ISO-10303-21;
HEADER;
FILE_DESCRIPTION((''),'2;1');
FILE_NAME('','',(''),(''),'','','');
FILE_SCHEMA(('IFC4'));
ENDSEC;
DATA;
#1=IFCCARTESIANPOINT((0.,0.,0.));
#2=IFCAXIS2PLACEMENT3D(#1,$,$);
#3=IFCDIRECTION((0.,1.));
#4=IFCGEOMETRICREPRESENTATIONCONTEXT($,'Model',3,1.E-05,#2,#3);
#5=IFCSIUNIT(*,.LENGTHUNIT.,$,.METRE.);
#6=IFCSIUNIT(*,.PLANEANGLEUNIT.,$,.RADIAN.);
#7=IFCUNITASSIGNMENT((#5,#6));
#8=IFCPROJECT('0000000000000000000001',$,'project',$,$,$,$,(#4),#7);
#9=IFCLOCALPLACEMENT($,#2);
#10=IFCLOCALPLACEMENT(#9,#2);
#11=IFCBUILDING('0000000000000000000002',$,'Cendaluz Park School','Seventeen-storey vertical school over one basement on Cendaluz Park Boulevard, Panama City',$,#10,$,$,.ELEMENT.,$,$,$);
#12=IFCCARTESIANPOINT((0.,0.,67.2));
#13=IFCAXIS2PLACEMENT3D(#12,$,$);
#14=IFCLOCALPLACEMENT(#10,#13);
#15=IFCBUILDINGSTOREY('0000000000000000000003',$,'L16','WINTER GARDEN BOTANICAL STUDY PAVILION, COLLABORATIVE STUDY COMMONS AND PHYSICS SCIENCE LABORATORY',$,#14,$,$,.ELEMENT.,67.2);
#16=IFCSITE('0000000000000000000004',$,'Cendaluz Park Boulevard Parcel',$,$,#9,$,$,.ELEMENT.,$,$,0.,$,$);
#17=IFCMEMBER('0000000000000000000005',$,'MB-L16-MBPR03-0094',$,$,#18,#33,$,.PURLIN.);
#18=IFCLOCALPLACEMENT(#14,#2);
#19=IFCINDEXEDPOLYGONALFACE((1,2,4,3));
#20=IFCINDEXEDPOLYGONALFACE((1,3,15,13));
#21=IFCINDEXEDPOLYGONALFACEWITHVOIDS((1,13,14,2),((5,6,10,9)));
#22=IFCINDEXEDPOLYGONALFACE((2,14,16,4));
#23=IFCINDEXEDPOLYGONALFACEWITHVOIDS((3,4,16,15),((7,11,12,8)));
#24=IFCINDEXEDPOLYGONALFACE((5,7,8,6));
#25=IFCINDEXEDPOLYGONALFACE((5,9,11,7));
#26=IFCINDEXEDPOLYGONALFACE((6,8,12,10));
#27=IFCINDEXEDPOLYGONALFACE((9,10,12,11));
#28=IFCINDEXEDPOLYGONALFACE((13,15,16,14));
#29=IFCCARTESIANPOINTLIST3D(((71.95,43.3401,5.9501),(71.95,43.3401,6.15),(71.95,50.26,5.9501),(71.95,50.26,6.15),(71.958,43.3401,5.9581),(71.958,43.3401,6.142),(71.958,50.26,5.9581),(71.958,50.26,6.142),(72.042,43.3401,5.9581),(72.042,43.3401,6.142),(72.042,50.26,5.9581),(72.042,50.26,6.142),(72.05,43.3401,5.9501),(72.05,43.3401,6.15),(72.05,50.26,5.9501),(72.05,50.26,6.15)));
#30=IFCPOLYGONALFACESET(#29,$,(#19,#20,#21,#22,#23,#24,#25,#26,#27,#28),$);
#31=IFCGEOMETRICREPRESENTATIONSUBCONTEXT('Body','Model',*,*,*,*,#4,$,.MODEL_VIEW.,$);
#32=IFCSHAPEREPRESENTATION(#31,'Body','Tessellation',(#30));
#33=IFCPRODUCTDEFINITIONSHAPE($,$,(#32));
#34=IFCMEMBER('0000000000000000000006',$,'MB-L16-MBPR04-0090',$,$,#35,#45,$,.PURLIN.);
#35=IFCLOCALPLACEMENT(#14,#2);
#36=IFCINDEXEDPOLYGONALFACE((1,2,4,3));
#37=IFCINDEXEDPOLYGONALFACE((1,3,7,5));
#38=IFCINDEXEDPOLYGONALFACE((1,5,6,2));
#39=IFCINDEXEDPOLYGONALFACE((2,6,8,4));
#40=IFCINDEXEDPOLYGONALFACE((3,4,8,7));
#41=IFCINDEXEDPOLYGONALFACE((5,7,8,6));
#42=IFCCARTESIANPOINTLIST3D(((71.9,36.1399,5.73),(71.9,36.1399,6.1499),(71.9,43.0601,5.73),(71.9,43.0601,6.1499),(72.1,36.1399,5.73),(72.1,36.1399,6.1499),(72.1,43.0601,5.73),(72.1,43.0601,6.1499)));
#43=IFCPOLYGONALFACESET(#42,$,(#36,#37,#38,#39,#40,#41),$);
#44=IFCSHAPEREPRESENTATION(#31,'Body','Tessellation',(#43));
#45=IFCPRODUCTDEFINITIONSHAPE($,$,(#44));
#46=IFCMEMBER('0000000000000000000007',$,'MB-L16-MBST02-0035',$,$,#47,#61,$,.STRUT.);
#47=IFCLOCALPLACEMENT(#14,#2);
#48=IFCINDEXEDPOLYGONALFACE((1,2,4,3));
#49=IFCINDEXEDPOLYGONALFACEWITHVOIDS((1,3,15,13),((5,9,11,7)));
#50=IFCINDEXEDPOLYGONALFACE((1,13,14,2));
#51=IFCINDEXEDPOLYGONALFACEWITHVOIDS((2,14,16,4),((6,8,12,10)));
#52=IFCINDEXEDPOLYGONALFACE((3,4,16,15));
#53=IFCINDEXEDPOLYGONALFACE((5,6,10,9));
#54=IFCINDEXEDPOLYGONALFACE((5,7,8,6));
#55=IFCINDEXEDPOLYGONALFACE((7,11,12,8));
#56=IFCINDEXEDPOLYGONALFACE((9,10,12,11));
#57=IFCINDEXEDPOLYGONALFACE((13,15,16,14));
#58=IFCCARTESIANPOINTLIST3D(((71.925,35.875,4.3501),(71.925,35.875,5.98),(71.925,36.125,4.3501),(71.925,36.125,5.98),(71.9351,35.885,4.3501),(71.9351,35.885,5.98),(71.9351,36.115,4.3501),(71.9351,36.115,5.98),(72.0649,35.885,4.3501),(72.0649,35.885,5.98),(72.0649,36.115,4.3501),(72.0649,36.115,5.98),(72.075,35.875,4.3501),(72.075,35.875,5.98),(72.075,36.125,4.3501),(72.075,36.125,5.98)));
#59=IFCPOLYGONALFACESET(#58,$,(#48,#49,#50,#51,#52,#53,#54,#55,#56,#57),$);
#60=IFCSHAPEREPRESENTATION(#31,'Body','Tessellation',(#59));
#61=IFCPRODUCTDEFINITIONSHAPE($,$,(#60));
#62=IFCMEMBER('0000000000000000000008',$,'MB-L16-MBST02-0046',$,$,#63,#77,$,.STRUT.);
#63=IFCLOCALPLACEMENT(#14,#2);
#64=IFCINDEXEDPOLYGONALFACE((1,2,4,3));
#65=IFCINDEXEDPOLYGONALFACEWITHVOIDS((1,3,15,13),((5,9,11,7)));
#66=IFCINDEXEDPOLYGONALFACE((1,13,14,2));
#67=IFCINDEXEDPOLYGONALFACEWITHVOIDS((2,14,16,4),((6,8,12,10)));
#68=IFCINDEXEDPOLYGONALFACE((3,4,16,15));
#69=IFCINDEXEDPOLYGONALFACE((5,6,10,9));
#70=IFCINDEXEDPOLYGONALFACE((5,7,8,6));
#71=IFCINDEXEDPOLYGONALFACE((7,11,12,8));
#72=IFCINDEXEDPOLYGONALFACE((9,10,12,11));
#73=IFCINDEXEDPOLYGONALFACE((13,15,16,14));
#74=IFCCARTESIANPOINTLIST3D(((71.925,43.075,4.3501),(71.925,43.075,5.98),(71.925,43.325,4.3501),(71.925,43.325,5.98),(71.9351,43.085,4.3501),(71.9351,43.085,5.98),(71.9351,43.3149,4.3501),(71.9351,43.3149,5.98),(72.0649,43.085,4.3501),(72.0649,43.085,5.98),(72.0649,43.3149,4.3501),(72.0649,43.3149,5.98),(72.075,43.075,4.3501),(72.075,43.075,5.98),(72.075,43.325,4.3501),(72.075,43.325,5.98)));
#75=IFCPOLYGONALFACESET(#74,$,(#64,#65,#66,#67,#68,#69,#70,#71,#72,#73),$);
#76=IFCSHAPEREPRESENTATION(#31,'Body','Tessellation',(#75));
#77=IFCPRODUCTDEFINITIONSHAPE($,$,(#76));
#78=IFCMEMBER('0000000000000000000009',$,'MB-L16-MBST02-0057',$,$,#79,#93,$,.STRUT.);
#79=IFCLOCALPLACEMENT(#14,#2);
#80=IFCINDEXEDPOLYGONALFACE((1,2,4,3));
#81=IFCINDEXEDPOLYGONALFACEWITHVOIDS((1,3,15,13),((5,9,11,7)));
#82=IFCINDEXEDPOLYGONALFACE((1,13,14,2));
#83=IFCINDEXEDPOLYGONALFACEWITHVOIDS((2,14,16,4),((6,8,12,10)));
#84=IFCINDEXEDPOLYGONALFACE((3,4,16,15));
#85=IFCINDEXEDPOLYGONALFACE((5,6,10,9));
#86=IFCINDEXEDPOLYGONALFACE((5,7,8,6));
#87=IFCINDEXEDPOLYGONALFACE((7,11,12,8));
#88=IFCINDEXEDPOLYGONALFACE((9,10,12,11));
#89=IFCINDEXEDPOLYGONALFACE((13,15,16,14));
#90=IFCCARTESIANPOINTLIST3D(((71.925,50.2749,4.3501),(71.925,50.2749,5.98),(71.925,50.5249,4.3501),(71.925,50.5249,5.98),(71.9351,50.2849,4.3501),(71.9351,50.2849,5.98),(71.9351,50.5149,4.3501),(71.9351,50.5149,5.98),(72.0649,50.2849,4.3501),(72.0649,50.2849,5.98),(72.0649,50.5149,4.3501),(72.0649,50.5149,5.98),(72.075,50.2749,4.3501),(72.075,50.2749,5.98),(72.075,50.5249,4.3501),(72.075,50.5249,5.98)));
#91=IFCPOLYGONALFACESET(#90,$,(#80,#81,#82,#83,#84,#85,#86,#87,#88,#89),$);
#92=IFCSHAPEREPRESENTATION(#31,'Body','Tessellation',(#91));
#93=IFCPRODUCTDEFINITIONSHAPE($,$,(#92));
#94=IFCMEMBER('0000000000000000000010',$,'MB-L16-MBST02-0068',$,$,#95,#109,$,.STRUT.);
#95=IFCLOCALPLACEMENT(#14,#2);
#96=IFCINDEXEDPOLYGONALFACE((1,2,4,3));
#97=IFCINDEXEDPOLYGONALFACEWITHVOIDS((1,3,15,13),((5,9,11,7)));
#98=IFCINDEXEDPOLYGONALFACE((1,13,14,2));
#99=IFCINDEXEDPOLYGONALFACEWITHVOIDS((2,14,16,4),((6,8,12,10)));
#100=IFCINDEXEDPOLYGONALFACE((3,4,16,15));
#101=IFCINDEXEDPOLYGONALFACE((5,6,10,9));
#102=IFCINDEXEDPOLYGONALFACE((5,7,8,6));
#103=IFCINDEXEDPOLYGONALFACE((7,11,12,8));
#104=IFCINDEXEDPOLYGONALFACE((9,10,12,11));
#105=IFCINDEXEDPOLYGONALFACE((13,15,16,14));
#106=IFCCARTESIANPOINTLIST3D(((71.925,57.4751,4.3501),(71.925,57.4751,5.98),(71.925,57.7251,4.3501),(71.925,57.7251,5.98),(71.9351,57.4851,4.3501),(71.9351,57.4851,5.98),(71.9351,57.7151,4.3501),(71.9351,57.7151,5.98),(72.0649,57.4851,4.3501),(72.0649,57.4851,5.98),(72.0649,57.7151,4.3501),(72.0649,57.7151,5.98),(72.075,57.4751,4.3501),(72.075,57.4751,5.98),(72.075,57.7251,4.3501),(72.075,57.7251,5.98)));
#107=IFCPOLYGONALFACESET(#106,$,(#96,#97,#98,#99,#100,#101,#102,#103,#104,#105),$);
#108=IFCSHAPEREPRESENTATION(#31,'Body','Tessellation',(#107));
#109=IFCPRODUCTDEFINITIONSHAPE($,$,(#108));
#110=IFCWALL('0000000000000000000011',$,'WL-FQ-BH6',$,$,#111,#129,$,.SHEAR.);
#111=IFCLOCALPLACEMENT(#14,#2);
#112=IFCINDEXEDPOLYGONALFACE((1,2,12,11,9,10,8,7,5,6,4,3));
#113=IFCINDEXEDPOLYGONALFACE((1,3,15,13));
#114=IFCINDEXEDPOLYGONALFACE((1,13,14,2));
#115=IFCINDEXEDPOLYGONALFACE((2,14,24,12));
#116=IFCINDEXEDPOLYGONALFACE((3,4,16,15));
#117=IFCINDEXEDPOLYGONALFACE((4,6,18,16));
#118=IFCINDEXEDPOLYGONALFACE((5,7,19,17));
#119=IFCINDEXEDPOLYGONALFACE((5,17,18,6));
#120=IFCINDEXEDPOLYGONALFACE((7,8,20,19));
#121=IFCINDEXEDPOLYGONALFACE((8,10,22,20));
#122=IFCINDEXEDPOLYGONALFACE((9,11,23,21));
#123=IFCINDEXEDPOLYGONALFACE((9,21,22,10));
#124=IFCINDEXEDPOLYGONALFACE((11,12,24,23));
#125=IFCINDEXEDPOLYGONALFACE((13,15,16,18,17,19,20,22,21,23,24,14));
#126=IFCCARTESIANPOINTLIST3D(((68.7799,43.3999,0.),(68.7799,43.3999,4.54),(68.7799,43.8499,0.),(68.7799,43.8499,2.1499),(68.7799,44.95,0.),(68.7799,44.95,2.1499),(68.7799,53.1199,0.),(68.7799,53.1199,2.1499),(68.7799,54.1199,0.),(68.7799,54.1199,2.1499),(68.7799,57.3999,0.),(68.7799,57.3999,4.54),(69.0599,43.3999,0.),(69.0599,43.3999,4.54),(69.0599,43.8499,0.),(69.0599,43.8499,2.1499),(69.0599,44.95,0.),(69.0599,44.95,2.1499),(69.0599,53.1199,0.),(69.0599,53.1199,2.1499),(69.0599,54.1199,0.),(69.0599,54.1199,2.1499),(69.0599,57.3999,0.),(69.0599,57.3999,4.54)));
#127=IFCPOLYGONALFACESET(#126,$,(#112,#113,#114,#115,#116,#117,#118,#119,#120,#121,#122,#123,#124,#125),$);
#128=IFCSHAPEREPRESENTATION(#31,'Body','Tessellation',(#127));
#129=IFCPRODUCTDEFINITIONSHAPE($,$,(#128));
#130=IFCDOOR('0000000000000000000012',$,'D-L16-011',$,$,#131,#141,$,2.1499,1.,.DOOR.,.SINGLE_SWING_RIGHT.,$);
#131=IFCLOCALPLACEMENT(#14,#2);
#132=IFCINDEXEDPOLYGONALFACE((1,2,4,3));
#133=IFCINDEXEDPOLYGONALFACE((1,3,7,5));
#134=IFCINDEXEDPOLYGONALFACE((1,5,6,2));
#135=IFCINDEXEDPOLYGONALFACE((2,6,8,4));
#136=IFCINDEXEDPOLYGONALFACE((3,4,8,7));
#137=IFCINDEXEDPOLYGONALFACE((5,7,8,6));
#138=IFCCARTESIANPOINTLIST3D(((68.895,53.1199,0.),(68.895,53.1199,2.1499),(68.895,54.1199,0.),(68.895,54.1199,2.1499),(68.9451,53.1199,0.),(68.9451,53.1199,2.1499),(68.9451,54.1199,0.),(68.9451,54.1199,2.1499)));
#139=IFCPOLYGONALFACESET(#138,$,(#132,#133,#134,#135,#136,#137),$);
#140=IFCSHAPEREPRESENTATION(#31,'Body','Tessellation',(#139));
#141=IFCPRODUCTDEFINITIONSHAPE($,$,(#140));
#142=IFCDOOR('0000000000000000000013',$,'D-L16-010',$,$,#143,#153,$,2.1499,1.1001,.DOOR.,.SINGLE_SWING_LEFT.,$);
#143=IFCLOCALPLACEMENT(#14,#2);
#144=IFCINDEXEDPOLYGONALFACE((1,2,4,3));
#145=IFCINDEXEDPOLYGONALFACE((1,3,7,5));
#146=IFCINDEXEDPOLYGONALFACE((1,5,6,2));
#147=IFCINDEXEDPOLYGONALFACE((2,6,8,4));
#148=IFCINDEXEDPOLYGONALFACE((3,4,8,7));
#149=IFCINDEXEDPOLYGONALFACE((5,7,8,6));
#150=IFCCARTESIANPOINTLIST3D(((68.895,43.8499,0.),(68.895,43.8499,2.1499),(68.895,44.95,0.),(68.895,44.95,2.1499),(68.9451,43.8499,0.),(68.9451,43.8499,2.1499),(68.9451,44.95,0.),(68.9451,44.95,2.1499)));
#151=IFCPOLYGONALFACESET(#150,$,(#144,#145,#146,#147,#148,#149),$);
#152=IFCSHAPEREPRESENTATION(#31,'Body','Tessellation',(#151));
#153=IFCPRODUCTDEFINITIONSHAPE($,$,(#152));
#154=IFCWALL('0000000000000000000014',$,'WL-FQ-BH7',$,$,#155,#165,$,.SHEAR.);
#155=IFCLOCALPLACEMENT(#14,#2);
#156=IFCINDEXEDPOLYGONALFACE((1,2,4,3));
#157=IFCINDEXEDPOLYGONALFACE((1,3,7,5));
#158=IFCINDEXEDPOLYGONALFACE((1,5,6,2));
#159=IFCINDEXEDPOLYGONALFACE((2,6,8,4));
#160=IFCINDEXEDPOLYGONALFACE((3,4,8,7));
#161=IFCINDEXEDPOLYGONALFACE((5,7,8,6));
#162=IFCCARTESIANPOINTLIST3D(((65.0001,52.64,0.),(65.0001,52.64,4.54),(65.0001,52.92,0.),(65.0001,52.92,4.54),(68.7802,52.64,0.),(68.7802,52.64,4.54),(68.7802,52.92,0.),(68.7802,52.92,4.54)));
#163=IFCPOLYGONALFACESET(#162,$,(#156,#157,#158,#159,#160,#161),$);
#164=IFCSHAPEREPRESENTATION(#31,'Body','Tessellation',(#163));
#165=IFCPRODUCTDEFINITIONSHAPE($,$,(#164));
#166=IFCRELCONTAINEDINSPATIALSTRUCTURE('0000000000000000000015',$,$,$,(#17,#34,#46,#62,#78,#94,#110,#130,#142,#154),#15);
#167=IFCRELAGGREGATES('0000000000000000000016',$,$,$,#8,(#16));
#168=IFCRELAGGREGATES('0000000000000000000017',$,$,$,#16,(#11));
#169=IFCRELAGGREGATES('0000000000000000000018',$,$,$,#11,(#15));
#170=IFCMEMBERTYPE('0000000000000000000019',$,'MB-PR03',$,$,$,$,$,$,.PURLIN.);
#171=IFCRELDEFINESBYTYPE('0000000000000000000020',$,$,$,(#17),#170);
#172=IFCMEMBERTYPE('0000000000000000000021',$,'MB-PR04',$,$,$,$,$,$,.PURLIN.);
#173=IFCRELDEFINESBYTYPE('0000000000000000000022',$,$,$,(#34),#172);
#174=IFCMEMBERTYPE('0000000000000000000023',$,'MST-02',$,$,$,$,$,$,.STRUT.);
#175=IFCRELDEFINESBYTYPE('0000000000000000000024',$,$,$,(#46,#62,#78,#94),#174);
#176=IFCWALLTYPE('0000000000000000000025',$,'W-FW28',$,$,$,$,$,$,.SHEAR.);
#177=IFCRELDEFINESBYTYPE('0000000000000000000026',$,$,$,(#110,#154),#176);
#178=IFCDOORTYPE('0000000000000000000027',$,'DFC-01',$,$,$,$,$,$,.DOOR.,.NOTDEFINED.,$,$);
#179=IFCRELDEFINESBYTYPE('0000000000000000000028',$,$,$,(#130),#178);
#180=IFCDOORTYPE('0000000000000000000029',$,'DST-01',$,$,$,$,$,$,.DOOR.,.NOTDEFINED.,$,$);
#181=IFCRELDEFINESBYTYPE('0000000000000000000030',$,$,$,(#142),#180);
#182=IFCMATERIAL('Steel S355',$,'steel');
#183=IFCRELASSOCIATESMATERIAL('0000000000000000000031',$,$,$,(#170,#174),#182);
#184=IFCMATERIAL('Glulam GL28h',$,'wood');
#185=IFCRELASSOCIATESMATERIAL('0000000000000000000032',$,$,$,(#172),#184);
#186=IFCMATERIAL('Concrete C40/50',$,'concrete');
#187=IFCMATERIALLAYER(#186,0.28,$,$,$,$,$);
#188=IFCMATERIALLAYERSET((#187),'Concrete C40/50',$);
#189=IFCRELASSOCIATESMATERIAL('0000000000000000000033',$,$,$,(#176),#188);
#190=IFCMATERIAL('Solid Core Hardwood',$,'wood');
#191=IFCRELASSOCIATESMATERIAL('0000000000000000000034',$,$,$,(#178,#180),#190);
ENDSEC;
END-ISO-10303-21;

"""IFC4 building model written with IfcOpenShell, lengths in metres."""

from ifc_helpers import new_model, si_unit, direction, frame, frame_2d, origin, origin_2d, place, context, subcontext, project, spatial, rectangle, hollow_rectangle, extrude, material, layer, layer_set, material_profile, profile_set, type_object, element, fill, save


model = new_model("IFC4")

# Units and contexts
model_context = context("Model", 3, precision=1e-05, world=origin(), true_north=direction((0.0, 1.0)))
body_context = subcontext(model_context, "Body", "Model", "MODEL_VIEW")
ifc_project = project(units=[si_unit("LENGTHUNIT", "METRE"), si_unit("PLANEANGLEUNIT", "RADIAN")], contexts=[model_context])

# Site, building, storey
site_placement = place(None, origin())
site = spatial("IfcSite", under=ifc_project, at=site_placement, Name="Cendaluz Park Boulevard Parcel", CompositionType="ELEMENT", RefElevation=0.0)
building_placement = place(site_placement, origin())
building = spatial("IfcBuilding", under=site, at=building_placement, Name="Cendaluz Park School", Description="Seventeen-storey vertical school over one basement on Cendaluz Park Boulevard, Panama City", CompositionType="ELEMENT")
storey_placement = place(building_placement, frame((0.0, 0.0, 67.2)))
storey = spatial("IfcBuildingStorey", under=building, at=storey_placement, Name="L16", Description="WINTER GARDEN BOTANICAL STUDY PAVILION, COLLABORATIVE STUDY COMMONS AND PHYSICS SCIENCE LABORATORY", CompositionType="ELEMENT", Elevation=67.2)

# Shared definitions
ifc_material_1 = material(Name="Steel S355", Category="steel")

# Members
ifc_material_2 = material(Name="Glulam GL28h", Category="wood")
ifc_material_profile_1 = material_profile(ifc_material_1, hollow_rectangle(XDim=0.1001, YDim=0.2, WallThickness=0.0081, at=origin_2d()), Name="RHS 200x100x8", Category="steel")
ifc_profile_set_1 = profile_set([ifc_material_profile_1], Name="Steel S355")
member_type_1 = type_object("IfcMemberType", Name="MB-PR03", PredefinedType="PURLIN", material=ifc_profile_set_1)
member_1_placement = place(storey_placement, frame((72.0, 43.3401, 6.05), z_axis=(0.0, 1.0, 0.0), x_axis=(-1.0, 0.0, 0.0)))
element("IfcMember", 1, at=member_1_placement, inside=storey, type_object=member_type_1, Name="MB-L16-MBPR03-0094", PredefinedType="PURLIN", context=body_context, shape_type="SweptSolid", body=[
    extrude(hollow_rectangle(XDim=0.1001, YDim=0.2, WallThickness=0.0081, at=origin_2d()), origin(), (0.0, 0.0, 1.0), 6.9199),
])
ifc_material_profile_2 = material_profile(ifc_material_2, rectangle(XDim=0.2, YDim=0.4199, at=origin_2d()), Name="GL28h 200x420", Category="wood")
ifc_profile_set_2 = profile_set([ifc_material_profile_2], Name="Glulam GL28h")
member_type_2 = type_object("IfcMemberType", Name="MB-PR04", PredefinedType="PURLIN", material=ifc_profile_set_2)
member_2_placement = place(storey_placement, frame((72.0, 36.1399, 5.9399), z_axis=(0.0, 1.0, 0.0), x_axis=(-1.0, 0.0, 0.0)))
element("IfcMember", 2, at=member_2_placement, inside=storey, type_object=member_type_2, Name="MB-L16-MBPR04-0090", PredefinedType="PURLIN", context=body_context, shape_type="SweptSolid", body=[
    extrude(rectangle(XDim=0.2, YDim=0.4199, at=origin_2d()), origin(), (0.0, 0.0, 1.0), 6.9202),
])
ifc_material_profile_3 = material_profile(ifc_material_1, hollow_rectangle(XDim=0.1499, YDim=0.25, WallThickness=0.01, at=origin_2d()), Name="RHS 250x150x10", Category="steel")
ifc_profile_set_3 = profile_set([ifc_material_profile_3], Name="Steel S355")
member_type_3 = type_object("IfcMemberType", Name="MST-02", PredefinedType="STRUT", material=ifc_profile_set_3)
for number, where, z_axis, x_axis, name in (
    (3, (72.0, 36.0, 4.3501), (0.0, 0.0, 1.0), (1.0, 0.0, 0.0), "MB-L16-MBST02-0035"),
    (4, (72.0, 43.2, 4.3501), (0.0, 0.0, 1.0), (1.0, 0.0, 0.0), "MB-L16-MBST02-0046"),
    (5, (72.0, 50.3999, 4.3501), (0.0, 0.0, 1.0), (1.0, 0.0, 0.0), "MB-L16-MBST02-0057"),
    (6, (72.0, 57.6001, 4.3501), (0.0, 0.0, 1.0), (1.0, 0.0, 0.0), "MB-L16-MBST02-0068"),
):
    element("IfcMember", number, at=place(storey_placement, frame(where, z_axis=z_axis, x_axis=x_axis)), inside=storey, type_object=member_type_3, Name=name, PredefinedType="STRUT", context=body_context, shape_type="SweptSolid", body=[
        extrude(hollow_rectangle(XDim=0.1499, YDim=0.25, WallThickness=0.01, at=origin_2d()), origin(), (0.0, 0.0, 1.0), 1.6299),
    ])

# Wall, openings, doors
ifc_material_3 = material(Name="Concrete C40/50", Category="concrete")
ifc_layer_1 = layer(ifc_material_3, 0.28)
ifc_layer_set_1 = layer_set([ifc_layer_1], Name="Concrete C40/50")
wall_type_1 = type_object("IfcWallType", Name="W-FW28", PredefinedType="SHEAR", material=ifc_layer_set_1)
wall_1_placement = place(storey_placement, frame((68.9199, 43.3999, 0.0), z_axis=(0.0, 0.0, 1.0), x_axis=(0.0, 1.0, 0.0)))
wall_1 = element("IfcWall", 7, at=wall_1_placement, inside=storey, type_object=wall_type_1, Name="WL-FQ-BH6", PredefinedType="SHEAR", context=body_context, shape_type="SweptSolid", body=[
    extrude(rectangle(XDim=14.0, YDim=0.28, at=frame_2d((7.0, 0.0))), origin(), (0.0, 0.0, 1.0), 4.54),
])
opening_1_placement = place(wall_1_placement, frame((0.45, 0.0, 0.0)))
opening_1 = element("IfcOpeningElement", 8, at=opening_1_placement, cuts=wall_1, PredefinedType="OPENING", context=body_context, shape_type="SweptSolid", body=[
    extrude(rectangle(XDim=1.1001, YDim=2.1499, at=frame_2d((0.55, 1.075))), frame((0.0, 0.1521, 0.0), z_axis=(0.0, -1.0, 0.0), x_axis=(1.0, 0.0, 0.0)), (0.0, 0.0, 1.0), 0.304),
])
opening_2_placement = place(wall_1_placement, frame((9.72, 0.0, 0.0)))
opening_2 = element("IfcOpeningElement", 9, at=opening_2_placement, cuts=wall_1, PredefinedType="OPENING", context=body_context, shape_type="SweptSolid", body=[
    extrude(rectangle(XDim=1.0, YDim=2.1499, at=frame_2d((0.5, 1.075))), frame((0.0, 0.1521, 0.0), z_axis=(0.0, -1.0, 0.0), x_axis=(1.0, 0.0, 0.0)), (0.0, 0.0, 1.0), 0.304),
])
ifc_material_4 = material(Name="Solid Core Hardwood", Category="wood")
door_type_1 = type_object("IfcDoorType", Name="DFC-01", OperationType="NOTDEFINED", PredefinedType="DOOR", material=ifc_material_4)
door_1_placement = place(opening_2_placement, origin())
door_1 = element("IfcDoor", 10, at=door_1_placement, inside=storey, type_object=door_type_1, Name="D-L16-011", OperationType="SINGLE_SWING_RIGHT", OverallHeight=2.1499, OverallWidth=1.0, PredefinedType="DOOR", context=body_context, shape_type="SweptSolid", body=[
    extrude(rectangle(XDim=1.0, YDim=2.1499, at=frame_2d((0.5, 1.075))), frame((0.0, 0.0249, 0.0), z_axis=(0.0, -1.0, 0.0), x_axis=(1.0, 0.0, 0.0)), (0.0, 0.0, 1.0), 0.05),
])
fill(opening_2, door_1)
door_type_2 = type_object("IfcDoorType", Name="DST-01", OperationType="NOTDEFINED", PredefinedType="DOOR", material=ifc_material_4)
door_2_placement = place(opening_1_placement, origin())
door_2 = element("IfcDoor", 11, at=door_2_placement, inside=storey, type_object=door_type_2, Name="D-L16-010", OperationType="SINGLE_SWING_LEFT", OverallHeight=2.1499, OverallWidth=1.1001, PredefinedType="DOOR", context=body_context, shape_type="SweptSolid", body=[
    extrude(rectangle(XDim=1.1001, YDim=2.1499, at=frame_2d((0.55, 1.075))), frame((0.0, 0.0249, 0.0), z_axis=(0.0, -1.0, 0.0), x_axis=(1.0, 0.0, 0.0)), (0.0, 0.0, 1.0), 0.05),
])
fill(opening_1, door_2)

# Wall
wall_2_placement = place(storey_placement, frame((65.0, 52.78, 0.0), z_axis=(0.0, 0.0, 1.0), x_axis=(1.0, 0.0, 0.0)))
element("IfcWall", 12, at=wall_2_placement, inside=storey, type_object=wall_type_1, Name="WL-FQ-BH7", PredefinedType="SHEAR", context=body_context, shape_type="SweptSolid", body=[
    extrude(rectangle(XDim=3.78, YDim=0.28, at=frame_2d((1.8901, 0.0))), origin(), (0.0, 0.0, 1.0), 4.54),
])

save(model, "model.ifc")
